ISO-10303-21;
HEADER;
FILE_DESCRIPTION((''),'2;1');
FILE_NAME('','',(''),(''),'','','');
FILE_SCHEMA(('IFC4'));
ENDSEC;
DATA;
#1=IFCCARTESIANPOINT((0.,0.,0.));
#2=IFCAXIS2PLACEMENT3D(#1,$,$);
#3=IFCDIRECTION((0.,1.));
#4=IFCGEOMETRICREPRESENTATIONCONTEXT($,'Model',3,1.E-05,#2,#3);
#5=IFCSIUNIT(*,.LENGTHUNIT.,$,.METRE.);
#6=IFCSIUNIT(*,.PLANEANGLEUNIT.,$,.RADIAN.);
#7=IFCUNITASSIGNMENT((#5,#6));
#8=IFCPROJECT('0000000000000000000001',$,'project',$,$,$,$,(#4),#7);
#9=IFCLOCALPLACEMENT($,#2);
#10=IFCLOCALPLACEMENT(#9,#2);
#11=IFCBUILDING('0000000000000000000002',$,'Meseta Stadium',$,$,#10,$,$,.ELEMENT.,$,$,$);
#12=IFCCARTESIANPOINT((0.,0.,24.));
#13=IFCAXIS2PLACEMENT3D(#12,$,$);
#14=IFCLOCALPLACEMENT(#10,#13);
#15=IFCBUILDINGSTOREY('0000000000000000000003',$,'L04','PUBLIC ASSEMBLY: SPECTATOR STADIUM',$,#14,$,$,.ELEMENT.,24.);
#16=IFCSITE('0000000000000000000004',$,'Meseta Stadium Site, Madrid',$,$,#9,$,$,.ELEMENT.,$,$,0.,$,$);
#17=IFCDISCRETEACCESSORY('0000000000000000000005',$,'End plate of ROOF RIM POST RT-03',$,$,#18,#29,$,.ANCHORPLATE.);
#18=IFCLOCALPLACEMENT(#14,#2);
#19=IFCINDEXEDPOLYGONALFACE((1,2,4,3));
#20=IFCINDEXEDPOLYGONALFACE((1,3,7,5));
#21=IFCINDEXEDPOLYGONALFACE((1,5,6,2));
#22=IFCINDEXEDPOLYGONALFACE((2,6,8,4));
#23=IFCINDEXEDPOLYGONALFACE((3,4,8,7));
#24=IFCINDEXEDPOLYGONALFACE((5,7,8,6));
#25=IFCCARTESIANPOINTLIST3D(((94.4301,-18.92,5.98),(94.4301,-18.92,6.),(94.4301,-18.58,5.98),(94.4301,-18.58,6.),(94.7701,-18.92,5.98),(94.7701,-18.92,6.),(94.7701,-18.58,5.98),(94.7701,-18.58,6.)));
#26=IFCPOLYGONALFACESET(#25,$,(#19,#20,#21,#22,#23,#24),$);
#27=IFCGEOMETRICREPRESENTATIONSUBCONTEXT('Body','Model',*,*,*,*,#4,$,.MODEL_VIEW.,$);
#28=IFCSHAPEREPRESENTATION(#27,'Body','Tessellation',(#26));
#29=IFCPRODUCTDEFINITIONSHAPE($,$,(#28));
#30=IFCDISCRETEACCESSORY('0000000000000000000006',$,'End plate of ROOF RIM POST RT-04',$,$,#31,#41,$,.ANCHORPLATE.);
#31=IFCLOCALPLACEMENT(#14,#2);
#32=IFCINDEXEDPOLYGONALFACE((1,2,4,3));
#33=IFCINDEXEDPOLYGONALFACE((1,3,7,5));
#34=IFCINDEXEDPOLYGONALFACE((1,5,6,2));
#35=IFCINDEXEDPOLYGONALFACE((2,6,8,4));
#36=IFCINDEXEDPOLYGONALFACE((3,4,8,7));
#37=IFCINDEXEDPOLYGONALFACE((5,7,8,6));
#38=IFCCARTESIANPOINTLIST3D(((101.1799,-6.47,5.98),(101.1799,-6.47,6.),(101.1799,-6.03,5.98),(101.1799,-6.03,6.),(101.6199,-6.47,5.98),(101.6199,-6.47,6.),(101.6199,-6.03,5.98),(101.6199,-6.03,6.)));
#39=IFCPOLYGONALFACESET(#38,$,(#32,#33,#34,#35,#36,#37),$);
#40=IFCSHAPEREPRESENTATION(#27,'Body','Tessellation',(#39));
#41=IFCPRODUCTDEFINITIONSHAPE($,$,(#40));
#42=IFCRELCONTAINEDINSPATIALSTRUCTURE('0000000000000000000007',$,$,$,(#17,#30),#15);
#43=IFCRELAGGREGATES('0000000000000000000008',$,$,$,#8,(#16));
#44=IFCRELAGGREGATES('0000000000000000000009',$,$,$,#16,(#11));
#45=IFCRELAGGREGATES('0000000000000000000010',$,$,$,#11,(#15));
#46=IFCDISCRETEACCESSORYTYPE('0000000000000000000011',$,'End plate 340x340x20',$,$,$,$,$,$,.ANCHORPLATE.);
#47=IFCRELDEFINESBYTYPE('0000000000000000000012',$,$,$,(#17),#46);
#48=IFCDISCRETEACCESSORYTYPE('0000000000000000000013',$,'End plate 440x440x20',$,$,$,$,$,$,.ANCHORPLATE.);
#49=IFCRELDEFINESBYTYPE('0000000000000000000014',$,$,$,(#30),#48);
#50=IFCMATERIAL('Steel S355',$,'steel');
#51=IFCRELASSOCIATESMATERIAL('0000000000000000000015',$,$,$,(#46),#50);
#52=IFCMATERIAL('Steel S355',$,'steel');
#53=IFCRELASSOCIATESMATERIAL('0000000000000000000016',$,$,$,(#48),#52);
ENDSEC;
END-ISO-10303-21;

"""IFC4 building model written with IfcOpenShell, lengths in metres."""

from ifc_helpers import new_model, si_unit, direction, frame, origin, origin_2d, place, context, subcontext, project, spatial, rectangle, extrude, material, material_profile, profile_set, type_object, element, save


model = new_model("IFC4")

# Units and contexts
model_context = context("Model", 3, precision=1e-05, world=origin(), true_north=direction((0.0, 1.0)))
body_context = subcontext(model_context, "Body", "Model", "MODEL_VIEW")
ifc_project = project(units=[si_unit("LENGTHUNIT", "METRE"), si_unit("PLANEANGLEUNIT", "RADIAN")], contexts=[model_context])

# Site, building, storey
site_placement = place(None, origin())
site = spatial("IfcSite", under=ifc_project, at=site_placement, Name="Meseta Stadium Site, Madrid", CompositionType="ELEMENT", RefElevation=0.0)
building_placement = place(site_placement, origin())
building = spatial("IfcBuilding", under=site, at=building_placement, Name="Meseta Stadium", CompositionType="ELEMENT")
storey_placement = place(building_placement, frame((0.0, 0.0, 24.0)))
storey = spatial("IfcBuildingStorey", under=building, at=storey_placement, Name="L04", Description="PUBLIC ASSEMBLY: SPECTATOR STADIUM", CompositionType="ELEMENT", Elevation=24.0)

# Discrete accessories
ifc_material_1 = material(Name="Steel S355", Category="steel")
ifc_material_profile_1 = material_profile(ifc_material_1, rectangle(XDim=0.3401, YDim=0.3401, at=origin_2d()), Name="PL 340x340")
ifc_profile_set_1 = profile_set([ifc_material_profile_1], Name="Steel S355")
discrete_accessory_type_1 = type_object("IfcDiscreteAccessoryType", Name="End plate 340x340x20", PredefinedType="ANCHORPLATE", material=ifc_profile_set_1)
discrete_accessory_1_placement = place(storey_placement, frame((94.6001, -18.75, 5.98), z_axis=(0.0, 0.0, 1.0), x_axis=(1.0, 0.0, 0.0)))
element("IfcDiscreteAccessory", 1, at=discrete_accessory_1_placement, inside=storey, type_object=discrete_accessory_type_1, Name="End plate of ROOF RIM POST RT-03", PredefinedType="ANCHORPLATE", context=body_context, shape_type="SweptSolid", body=[
    extrude(rectangle(XDim=0.3401, YDim=0.3401, at=origin_2d()), origin(), (0.0, 0.0, 1.0), 0.02),
])
ifc_material_2 = material(Name="Steel S355", Category="steel")
ifc_material_profile_2 = material_profile(ifc_material_2, rectangle(XDim=0.4399, YDim=0.4399, at=origin_2d()), Name="PL 440x440")
ifc_profile_set_2 = profile_set([ifc_material_profile_2], Name="Steel S355")
discrete_accessory_type_2 = type_object("IfcDiscreteAccessoryType", Name="End plate 440x440x20", PredefinedType="ANCHORPLATE", material=ifc_profile_set_2)
discrete_accessory_2_placement = place(storey_placement, frame((101.3999, -6.25, 5.98), z_axis=(0.0, 0.0, 1.0), x_axis=(1.0, 0.0, 0.0)))
element("IfcDiscreteAccessory", 2, at=discrete_accessory_2_placement, inside=storey, type_object=discrete_accessory_type_2, Name="End plate of ROOF RIM POST RT-04", PredefinedType="ANCHORPLATE", context=body_context, shape_type="SweptSolid", body=[
    extrude(rectangle(XDim=0.4399, YDim=0.4399, at=origin_2d()), origin(), (0.0, 0.0, 1.0), 0.02),
])

save(model, "model.ifc")
